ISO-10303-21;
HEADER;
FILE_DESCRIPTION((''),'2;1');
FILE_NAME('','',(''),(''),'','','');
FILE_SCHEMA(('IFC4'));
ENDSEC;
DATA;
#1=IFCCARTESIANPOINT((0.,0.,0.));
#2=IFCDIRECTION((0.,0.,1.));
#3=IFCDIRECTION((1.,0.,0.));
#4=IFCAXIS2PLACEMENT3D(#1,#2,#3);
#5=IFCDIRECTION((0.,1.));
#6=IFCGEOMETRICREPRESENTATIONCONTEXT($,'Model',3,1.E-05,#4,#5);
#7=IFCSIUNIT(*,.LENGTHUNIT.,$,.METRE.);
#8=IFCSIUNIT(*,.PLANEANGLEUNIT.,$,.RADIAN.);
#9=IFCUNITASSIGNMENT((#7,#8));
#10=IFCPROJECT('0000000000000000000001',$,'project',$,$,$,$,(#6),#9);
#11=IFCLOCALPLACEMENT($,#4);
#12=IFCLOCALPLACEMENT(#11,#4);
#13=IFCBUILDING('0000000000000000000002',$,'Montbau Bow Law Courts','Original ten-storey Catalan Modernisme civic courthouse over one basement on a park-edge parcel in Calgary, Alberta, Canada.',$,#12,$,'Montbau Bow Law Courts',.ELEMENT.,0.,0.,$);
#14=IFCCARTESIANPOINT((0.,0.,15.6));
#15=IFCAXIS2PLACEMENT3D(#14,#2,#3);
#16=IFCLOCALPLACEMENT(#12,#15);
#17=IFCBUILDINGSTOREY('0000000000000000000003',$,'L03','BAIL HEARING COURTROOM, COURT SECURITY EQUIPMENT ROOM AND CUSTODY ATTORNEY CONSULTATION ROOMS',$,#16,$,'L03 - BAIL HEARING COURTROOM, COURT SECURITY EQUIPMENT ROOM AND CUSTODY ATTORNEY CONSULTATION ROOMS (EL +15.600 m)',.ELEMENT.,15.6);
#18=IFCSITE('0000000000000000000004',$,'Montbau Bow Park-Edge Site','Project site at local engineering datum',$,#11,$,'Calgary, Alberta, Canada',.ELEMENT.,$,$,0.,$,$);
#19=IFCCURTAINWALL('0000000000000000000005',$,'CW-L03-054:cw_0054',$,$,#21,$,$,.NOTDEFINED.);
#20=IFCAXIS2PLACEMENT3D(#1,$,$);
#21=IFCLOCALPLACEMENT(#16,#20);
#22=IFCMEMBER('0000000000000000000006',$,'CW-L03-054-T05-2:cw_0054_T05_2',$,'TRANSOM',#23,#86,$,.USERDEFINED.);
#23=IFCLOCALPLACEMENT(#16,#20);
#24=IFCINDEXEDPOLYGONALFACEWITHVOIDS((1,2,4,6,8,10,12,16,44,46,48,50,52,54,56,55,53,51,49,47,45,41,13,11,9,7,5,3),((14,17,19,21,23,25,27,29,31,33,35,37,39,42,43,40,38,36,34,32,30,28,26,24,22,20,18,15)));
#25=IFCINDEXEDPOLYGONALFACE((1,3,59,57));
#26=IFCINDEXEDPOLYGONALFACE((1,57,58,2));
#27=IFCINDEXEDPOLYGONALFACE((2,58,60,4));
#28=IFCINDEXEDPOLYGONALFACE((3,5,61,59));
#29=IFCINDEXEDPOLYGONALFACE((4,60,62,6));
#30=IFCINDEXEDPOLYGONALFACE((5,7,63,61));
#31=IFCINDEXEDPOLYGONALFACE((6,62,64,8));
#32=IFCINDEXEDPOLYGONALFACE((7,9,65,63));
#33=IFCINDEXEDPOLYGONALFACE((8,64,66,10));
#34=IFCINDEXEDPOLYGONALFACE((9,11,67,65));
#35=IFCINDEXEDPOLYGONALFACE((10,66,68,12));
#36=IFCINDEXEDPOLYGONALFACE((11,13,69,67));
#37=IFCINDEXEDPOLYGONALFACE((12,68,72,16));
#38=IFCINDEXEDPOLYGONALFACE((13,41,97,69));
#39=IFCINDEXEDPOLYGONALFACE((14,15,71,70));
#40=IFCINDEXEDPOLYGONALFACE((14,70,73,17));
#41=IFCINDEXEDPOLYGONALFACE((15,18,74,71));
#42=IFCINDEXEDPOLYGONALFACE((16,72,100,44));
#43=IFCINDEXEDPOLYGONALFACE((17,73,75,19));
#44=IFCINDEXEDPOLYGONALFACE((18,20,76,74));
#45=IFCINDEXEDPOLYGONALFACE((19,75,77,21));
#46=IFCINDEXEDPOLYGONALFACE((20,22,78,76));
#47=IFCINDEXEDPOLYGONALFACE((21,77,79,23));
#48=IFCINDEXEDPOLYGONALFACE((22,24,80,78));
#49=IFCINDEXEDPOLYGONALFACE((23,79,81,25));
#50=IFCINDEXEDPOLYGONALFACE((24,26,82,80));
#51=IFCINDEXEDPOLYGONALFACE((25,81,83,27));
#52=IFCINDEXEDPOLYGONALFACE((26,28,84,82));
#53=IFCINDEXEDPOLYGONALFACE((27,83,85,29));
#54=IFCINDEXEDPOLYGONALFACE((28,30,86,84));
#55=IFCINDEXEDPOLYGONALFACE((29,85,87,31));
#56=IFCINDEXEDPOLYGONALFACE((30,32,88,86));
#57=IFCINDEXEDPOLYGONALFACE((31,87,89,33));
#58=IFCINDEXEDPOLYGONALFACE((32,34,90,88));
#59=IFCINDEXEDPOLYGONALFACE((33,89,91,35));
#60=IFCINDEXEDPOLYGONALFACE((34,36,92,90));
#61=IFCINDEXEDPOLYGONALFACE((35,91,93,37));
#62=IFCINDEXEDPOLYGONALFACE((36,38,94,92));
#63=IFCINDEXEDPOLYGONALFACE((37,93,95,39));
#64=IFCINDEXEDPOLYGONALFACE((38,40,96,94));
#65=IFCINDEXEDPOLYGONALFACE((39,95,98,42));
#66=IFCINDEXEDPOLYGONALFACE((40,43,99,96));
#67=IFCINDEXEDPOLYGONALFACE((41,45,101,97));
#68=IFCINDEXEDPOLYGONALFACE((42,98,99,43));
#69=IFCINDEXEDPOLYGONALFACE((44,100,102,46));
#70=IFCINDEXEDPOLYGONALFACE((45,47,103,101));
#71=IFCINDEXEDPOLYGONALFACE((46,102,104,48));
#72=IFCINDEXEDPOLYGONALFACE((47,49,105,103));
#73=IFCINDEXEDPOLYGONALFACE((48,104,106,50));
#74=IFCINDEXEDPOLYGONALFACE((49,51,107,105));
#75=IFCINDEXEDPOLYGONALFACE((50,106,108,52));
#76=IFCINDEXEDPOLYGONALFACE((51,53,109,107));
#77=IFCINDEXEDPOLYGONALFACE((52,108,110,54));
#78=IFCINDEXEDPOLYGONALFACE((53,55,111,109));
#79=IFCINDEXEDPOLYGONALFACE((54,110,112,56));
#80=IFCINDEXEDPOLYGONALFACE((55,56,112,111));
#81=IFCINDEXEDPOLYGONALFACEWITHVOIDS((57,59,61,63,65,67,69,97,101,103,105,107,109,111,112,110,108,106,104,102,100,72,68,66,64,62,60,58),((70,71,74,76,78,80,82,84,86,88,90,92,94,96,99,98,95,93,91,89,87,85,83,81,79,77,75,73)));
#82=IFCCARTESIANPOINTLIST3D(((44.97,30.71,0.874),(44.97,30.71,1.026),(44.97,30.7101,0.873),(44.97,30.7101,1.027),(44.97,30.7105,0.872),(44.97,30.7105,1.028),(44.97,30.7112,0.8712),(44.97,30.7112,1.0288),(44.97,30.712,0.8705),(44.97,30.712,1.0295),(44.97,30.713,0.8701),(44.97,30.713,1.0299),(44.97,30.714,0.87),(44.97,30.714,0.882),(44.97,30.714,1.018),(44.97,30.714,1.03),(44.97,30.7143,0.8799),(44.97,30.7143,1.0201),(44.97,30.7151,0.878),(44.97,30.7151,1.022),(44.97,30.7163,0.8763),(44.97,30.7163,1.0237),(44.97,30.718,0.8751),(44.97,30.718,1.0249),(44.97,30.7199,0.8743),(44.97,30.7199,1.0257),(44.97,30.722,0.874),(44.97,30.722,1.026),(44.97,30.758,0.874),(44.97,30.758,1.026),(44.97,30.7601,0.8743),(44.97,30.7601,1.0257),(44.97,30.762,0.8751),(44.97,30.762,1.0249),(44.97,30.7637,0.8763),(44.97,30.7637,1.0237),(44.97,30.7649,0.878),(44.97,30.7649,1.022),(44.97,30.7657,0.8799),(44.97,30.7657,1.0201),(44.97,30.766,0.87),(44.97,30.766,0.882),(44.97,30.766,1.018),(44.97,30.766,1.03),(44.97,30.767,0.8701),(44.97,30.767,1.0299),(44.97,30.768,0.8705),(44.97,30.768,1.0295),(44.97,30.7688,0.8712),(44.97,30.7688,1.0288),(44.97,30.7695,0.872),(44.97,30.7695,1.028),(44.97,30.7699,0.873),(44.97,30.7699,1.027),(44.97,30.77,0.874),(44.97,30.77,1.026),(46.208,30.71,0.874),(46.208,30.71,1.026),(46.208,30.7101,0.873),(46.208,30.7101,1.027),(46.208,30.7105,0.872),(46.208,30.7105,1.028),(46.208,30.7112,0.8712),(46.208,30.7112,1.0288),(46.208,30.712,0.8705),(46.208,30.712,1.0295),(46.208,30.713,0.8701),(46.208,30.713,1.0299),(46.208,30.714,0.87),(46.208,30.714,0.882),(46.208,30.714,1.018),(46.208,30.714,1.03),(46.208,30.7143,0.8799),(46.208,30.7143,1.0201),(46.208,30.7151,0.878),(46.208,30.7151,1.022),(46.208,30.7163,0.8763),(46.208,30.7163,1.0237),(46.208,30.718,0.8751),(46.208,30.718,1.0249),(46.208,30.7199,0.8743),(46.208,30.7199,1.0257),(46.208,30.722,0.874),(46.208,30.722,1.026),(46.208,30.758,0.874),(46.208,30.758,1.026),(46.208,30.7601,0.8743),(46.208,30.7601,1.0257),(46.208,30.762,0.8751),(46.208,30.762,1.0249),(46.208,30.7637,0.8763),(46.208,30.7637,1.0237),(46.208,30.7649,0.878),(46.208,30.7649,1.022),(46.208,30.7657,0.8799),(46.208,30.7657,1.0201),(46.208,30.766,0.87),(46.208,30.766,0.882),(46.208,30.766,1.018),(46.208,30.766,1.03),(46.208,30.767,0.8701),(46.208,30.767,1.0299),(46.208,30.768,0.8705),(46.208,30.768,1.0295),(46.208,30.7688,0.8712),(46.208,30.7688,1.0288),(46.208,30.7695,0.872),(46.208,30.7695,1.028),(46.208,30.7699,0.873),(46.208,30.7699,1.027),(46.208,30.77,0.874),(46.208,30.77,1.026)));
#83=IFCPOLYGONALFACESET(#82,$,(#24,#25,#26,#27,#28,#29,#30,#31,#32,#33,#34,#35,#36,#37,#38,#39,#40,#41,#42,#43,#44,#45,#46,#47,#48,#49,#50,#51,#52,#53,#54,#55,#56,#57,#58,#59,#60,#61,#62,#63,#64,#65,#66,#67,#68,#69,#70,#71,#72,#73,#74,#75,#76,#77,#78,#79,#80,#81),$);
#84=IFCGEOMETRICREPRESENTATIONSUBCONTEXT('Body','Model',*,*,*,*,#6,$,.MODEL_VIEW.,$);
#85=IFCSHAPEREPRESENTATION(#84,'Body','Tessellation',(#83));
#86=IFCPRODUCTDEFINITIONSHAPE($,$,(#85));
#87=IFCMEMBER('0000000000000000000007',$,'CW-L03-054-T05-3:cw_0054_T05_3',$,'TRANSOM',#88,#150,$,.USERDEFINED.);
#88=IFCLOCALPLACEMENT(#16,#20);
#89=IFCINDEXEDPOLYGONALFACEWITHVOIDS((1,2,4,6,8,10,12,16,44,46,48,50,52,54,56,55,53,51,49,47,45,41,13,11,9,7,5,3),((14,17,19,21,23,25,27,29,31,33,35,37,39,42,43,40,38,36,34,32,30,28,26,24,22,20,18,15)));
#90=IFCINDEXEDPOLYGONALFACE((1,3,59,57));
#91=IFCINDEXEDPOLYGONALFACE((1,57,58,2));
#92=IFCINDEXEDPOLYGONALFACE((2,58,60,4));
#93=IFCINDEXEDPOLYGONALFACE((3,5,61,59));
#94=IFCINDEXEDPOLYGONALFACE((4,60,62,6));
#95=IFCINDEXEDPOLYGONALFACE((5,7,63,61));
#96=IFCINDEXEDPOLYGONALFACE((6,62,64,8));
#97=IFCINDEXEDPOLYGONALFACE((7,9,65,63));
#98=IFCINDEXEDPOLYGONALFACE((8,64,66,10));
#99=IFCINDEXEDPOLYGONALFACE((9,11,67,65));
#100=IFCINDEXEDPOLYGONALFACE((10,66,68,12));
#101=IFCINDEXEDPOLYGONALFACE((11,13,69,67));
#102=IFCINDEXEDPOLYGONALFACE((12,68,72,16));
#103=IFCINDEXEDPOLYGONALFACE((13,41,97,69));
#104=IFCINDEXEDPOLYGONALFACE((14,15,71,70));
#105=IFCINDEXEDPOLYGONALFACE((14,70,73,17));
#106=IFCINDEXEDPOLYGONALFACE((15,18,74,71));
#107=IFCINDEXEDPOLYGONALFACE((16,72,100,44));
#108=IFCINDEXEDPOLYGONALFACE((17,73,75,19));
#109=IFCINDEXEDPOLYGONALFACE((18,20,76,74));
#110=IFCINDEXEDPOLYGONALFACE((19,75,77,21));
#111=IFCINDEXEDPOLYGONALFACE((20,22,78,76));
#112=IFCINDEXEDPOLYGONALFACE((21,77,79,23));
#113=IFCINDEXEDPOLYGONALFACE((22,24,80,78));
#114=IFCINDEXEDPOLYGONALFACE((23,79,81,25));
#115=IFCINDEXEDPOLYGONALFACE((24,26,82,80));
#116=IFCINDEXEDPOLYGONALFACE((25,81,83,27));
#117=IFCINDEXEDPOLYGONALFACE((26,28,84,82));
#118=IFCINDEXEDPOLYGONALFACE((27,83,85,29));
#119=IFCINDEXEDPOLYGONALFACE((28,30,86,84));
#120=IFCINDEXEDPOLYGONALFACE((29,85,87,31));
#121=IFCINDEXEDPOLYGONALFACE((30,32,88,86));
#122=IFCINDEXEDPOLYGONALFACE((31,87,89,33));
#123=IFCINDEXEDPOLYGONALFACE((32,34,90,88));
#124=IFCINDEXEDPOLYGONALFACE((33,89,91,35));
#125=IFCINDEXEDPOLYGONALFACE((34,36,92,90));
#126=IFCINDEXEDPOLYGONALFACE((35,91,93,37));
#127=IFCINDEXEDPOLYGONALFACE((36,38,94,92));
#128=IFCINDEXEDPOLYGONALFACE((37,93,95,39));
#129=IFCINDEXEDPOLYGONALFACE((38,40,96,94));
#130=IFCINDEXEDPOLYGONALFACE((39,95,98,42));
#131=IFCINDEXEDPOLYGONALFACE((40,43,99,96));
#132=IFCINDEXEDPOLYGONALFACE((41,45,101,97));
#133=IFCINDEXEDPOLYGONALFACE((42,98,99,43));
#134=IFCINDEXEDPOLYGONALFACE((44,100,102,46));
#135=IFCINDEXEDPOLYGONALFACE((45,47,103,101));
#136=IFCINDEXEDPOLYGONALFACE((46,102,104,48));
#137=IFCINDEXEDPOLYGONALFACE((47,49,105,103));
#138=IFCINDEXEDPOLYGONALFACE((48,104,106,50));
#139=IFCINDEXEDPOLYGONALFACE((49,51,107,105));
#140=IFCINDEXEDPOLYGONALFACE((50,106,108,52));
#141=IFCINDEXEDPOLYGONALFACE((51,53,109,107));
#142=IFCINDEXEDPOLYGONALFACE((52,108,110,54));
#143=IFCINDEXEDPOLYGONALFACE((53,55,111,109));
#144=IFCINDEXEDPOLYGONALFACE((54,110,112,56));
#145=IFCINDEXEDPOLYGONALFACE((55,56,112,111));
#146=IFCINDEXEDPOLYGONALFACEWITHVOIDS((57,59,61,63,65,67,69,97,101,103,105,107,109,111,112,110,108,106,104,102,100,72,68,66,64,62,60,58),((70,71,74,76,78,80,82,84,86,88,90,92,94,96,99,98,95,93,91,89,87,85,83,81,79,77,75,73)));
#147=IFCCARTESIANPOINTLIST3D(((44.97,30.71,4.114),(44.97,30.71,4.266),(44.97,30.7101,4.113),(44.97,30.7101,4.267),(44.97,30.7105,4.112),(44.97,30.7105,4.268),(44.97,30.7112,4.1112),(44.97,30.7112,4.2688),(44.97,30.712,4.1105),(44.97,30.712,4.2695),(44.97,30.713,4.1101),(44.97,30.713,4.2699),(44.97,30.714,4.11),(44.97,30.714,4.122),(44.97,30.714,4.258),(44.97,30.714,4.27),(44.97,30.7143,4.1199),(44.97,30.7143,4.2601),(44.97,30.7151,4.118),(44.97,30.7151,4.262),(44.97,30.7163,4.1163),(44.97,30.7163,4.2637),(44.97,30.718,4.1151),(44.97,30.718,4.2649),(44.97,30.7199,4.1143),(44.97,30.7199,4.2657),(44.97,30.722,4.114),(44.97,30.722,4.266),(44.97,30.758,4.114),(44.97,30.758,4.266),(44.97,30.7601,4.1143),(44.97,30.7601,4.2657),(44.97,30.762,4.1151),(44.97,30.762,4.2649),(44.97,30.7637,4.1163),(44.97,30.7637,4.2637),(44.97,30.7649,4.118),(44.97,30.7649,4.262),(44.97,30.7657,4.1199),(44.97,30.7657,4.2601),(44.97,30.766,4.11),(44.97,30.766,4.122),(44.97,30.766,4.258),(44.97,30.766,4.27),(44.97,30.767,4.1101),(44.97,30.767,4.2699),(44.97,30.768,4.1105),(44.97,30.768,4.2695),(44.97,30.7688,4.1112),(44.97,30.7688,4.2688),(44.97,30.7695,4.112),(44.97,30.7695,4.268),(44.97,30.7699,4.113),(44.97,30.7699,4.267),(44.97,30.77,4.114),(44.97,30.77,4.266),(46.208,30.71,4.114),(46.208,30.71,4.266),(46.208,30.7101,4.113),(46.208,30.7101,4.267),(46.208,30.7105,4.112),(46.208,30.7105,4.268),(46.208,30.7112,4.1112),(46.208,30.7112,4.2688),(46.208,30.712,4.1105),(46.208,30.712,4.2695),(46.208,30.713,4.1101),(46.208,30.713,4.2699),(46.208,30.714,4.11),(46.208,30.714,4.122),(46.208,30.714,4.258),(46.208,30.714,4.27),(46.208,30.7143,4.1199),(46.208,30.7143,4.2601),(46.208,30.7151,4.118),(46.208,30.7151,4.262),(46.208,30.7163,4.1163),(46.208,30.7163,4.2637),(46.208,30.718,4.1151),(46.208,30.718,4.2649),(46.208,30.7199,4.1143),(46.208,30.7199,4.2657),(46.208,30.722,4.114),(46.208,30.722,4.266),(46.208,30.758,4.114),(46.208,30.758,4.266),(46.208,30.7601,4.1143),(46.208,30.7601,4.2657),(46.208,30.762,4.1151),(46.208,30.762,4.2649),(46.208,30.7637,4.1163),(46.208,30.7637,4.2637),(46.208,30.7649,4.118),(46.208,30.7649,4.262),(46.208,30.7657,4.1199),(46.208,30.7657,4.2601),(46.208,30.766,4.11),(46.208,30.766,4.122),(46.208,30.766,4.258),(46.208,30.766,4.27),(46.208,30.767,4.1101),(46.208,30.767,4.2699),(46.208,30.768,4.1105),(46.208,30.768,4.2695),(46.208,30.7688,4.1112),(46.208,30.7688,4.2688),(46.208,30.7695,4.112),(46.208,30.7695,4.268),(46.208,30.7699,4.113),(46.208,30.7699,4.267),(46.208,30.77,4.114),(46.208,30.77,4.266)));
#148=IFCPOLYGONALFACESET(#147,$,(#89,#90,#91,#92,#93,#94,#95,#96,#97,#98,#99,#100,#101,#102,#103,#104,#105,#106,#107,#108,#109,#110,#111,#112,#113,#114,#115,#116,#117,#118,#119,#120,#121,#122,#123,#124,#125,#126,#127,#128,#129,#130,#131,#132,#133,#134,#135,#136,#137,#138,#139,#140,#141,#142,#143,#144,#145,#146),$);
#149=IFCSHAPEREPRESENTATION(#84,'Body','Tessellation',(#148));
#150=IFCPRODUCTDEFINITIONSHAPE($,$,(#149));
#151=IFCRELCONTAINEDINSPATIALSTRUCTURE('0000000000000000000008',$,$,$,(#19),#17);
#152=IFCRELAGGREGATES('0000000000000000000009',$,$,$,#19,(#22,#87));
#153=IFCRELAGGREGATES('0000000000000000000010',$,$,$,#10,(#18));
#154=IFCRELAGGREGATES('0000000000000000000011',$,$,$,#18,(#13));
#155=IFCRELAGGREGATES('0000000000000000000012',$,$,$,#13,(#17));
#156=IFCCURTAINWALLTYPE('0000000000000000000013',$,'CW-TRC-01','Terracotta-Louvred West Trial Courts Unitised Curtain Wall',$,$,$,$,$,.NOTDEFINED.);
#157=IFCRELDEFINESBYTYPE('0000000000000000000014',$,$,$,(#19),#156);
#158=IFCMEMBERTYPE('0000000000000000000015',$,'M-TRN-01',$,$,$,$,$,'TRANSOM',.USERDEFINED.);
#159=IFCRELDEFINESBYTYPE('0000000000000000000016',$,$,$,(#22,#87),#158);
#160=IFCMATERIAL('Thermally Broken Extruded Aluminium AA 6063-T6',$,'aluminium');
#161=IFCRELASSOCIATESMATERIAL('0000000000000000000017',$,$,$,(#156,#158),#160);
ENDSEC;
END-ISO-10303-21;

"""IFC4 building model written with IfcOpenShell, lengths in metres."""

from ifc_helpers import new_model, si_unit, direction, frame, origin_with_axes, origin_2d_with_axis, place, context, subcontext, project, spatial, hollow_rectangle, extrude, material, material_profile, profile_set, type_object, element, aggregate, save


model = new_model("IFC4")

# Units and contexts
model_context = context("Model", 3, precision=1e-05, world=origin_with_axes(), true_north=direction((0.0, 1.0)))
body_context = subcontext(model_context, "Body", "Model", "MODEL_VIEW")
ifc_project = project(units=[si_unit("LENGTHUNIT", "METRE"), si_unit("PLANEANGLEUNIT", "RADIAN")], contexts=[model_context])

# Site, building, storey
site_placement = place(None, origin_with_axes())
site = spatial("IfcSite", under=ifc_project, at=site_placement, Name="Montbau Bow Park-Edge Site", Description="Project site at local engineering datum", LongName="Calgary, Alberta, Canada", CompositionType="ELEMENT", RefElevation=0.0)
building_placement = place(site_placement, origin_with_axes())
building = spatial("IfcBuilding", under=site, at=building_placement, Name="Montbau Bow Law Courts", Description="Original ten-storey Catalan Modernisme civic courthouse over one basement on a park-edge parcel in Calgary, Alberta, Canada.", LongName="Montbau Bow Law Courts", CompositionType="ELEMENT", ElevationOfRefHeight=0.0, ElevationOfTerrain=0.0)
storey_placement = place(building_placement, frame((0.0, 0.0, 15.6), z_axis=(0.0, 0.0, 1.0), x_axis=(1.0, 0.0, 0.0)))
storey = spatial("IfcBuildingStorey", under=building, at=storey_placement, Name="L03", Description="BAIL HEARING COURTROOM, COURT SECURITY EQUIPMENT ROOM AND CUSTODY ATTORNEY CONSULTATION ROOMS", LongName="L03 - BAIL HEARING COURTROOM, COURT SECURITY EQUIPMENT ROOM AND CUSTODY ATTORNEY CONSULTATION ROOMS (EL +15.600 m)", CompositionType="ELEMENT", Elevation=15.6)

# Curtain wall
ifc_material_1 = material(Name="Thermally Broken Extruded Aluminium AA 6063-T6", Category="aluminium")
curtain_wall_type = type_object("IfcCurtainWallType", Name="CW-TRC-01", Description="Terracotta-Louvred West Trial Courts Unitised Curtain Wall", PredefinedType="NOTDEFINED", material=ifc_material_1)
curtain_wall_1_placement = place(None, frame((39.515, 30.74, 15.6), z_axis=(0.0, 0.0, 1.0), x_axis=(1.0, 0.0, 0.0)))
curtain_wall_1 = element("IfcCurtainWall", 1, at=curtain_wall_1_placement, inside=storey, type_object=curtain_wall_type, Name="CW-L03-054:cw_0054", PredefinedType="NOTDEFINED")

# Members
ifc_material_profile_1 = material_profile(ifc_material_1, hollow_rectangle(XDim=0.06, YDim=0.16, WallThickness=0.004, InnerFilletRadius=0.008, OuterFilletRadius=0.004, at=origin_2d_with_axis()), Name="CWT-160X60", Category="Main", Priority=0)
ifc_profile_set_1 = profile_set([ifc_material_profile_1], Name="Thermally Broken Extruded Aluminium AA 6063-T6")
member_type_1 = type_object("IfcMemberType", Name="M-TRN-01", ElementType="TRANSOM", PredefinedType="USERDEFINED", material=ifc_profile_set_1)
member_1_placement = place(None, frame((44.97, 30.74, 16.55), z_axis=(1.0, 0.0, 0.0), x_axis=(0.0, 1.0, 0.0)))
member_1 = element("IfcMember", 2, at=member_1_placement, type_object=member_type_1, Name="CW-L03-054-T05-2:cw_0054_T05_2", ObjectType="TRANSOM", PredefinedType="USERDEFINED", context=body_context, shape_type="SweptSolid", body=[
    extrude(hollow_rectangle(XDim=0.06, YDim=0.16, WallThickness=0.004, InnerFilletRadius=0.008, OuterFilletRadius=0.004, at=origin_2d_with_axis()), origin_with_axes(), (0.0, 0.0, 1.0), 1.238),
])
member_2_placement = place(None, frame((44.97, 30.74, 19.79), z_axis=(1.0, 0.0, 0.0), x_axis=(0.0, 1.0, 0.0)))
member_2 = element("IfcMember", 3, at=member_2_placement, type_object=member_type_1, Name="CW-L03-054-T05-3:cw_0054_T05_3", ObjectType="TRANSOM", PredefinedType="USERDEFINED", context=body_context, shape_type="SweptSolid", body=[
    extrude(hollow_rectangle(XDim=0.06, YDim=0.16, WallThickness=0.004, InnerFilletRadius=0.008, OuterFilletRadius=0.004, at=origin_2d_with_axis()), origin_with_axes(), (0.0, 0.0, 1.0), 1.238),
])

aggregate(curtain_wall_1, [member_1, member_2])

save(model, "model.ifc")
